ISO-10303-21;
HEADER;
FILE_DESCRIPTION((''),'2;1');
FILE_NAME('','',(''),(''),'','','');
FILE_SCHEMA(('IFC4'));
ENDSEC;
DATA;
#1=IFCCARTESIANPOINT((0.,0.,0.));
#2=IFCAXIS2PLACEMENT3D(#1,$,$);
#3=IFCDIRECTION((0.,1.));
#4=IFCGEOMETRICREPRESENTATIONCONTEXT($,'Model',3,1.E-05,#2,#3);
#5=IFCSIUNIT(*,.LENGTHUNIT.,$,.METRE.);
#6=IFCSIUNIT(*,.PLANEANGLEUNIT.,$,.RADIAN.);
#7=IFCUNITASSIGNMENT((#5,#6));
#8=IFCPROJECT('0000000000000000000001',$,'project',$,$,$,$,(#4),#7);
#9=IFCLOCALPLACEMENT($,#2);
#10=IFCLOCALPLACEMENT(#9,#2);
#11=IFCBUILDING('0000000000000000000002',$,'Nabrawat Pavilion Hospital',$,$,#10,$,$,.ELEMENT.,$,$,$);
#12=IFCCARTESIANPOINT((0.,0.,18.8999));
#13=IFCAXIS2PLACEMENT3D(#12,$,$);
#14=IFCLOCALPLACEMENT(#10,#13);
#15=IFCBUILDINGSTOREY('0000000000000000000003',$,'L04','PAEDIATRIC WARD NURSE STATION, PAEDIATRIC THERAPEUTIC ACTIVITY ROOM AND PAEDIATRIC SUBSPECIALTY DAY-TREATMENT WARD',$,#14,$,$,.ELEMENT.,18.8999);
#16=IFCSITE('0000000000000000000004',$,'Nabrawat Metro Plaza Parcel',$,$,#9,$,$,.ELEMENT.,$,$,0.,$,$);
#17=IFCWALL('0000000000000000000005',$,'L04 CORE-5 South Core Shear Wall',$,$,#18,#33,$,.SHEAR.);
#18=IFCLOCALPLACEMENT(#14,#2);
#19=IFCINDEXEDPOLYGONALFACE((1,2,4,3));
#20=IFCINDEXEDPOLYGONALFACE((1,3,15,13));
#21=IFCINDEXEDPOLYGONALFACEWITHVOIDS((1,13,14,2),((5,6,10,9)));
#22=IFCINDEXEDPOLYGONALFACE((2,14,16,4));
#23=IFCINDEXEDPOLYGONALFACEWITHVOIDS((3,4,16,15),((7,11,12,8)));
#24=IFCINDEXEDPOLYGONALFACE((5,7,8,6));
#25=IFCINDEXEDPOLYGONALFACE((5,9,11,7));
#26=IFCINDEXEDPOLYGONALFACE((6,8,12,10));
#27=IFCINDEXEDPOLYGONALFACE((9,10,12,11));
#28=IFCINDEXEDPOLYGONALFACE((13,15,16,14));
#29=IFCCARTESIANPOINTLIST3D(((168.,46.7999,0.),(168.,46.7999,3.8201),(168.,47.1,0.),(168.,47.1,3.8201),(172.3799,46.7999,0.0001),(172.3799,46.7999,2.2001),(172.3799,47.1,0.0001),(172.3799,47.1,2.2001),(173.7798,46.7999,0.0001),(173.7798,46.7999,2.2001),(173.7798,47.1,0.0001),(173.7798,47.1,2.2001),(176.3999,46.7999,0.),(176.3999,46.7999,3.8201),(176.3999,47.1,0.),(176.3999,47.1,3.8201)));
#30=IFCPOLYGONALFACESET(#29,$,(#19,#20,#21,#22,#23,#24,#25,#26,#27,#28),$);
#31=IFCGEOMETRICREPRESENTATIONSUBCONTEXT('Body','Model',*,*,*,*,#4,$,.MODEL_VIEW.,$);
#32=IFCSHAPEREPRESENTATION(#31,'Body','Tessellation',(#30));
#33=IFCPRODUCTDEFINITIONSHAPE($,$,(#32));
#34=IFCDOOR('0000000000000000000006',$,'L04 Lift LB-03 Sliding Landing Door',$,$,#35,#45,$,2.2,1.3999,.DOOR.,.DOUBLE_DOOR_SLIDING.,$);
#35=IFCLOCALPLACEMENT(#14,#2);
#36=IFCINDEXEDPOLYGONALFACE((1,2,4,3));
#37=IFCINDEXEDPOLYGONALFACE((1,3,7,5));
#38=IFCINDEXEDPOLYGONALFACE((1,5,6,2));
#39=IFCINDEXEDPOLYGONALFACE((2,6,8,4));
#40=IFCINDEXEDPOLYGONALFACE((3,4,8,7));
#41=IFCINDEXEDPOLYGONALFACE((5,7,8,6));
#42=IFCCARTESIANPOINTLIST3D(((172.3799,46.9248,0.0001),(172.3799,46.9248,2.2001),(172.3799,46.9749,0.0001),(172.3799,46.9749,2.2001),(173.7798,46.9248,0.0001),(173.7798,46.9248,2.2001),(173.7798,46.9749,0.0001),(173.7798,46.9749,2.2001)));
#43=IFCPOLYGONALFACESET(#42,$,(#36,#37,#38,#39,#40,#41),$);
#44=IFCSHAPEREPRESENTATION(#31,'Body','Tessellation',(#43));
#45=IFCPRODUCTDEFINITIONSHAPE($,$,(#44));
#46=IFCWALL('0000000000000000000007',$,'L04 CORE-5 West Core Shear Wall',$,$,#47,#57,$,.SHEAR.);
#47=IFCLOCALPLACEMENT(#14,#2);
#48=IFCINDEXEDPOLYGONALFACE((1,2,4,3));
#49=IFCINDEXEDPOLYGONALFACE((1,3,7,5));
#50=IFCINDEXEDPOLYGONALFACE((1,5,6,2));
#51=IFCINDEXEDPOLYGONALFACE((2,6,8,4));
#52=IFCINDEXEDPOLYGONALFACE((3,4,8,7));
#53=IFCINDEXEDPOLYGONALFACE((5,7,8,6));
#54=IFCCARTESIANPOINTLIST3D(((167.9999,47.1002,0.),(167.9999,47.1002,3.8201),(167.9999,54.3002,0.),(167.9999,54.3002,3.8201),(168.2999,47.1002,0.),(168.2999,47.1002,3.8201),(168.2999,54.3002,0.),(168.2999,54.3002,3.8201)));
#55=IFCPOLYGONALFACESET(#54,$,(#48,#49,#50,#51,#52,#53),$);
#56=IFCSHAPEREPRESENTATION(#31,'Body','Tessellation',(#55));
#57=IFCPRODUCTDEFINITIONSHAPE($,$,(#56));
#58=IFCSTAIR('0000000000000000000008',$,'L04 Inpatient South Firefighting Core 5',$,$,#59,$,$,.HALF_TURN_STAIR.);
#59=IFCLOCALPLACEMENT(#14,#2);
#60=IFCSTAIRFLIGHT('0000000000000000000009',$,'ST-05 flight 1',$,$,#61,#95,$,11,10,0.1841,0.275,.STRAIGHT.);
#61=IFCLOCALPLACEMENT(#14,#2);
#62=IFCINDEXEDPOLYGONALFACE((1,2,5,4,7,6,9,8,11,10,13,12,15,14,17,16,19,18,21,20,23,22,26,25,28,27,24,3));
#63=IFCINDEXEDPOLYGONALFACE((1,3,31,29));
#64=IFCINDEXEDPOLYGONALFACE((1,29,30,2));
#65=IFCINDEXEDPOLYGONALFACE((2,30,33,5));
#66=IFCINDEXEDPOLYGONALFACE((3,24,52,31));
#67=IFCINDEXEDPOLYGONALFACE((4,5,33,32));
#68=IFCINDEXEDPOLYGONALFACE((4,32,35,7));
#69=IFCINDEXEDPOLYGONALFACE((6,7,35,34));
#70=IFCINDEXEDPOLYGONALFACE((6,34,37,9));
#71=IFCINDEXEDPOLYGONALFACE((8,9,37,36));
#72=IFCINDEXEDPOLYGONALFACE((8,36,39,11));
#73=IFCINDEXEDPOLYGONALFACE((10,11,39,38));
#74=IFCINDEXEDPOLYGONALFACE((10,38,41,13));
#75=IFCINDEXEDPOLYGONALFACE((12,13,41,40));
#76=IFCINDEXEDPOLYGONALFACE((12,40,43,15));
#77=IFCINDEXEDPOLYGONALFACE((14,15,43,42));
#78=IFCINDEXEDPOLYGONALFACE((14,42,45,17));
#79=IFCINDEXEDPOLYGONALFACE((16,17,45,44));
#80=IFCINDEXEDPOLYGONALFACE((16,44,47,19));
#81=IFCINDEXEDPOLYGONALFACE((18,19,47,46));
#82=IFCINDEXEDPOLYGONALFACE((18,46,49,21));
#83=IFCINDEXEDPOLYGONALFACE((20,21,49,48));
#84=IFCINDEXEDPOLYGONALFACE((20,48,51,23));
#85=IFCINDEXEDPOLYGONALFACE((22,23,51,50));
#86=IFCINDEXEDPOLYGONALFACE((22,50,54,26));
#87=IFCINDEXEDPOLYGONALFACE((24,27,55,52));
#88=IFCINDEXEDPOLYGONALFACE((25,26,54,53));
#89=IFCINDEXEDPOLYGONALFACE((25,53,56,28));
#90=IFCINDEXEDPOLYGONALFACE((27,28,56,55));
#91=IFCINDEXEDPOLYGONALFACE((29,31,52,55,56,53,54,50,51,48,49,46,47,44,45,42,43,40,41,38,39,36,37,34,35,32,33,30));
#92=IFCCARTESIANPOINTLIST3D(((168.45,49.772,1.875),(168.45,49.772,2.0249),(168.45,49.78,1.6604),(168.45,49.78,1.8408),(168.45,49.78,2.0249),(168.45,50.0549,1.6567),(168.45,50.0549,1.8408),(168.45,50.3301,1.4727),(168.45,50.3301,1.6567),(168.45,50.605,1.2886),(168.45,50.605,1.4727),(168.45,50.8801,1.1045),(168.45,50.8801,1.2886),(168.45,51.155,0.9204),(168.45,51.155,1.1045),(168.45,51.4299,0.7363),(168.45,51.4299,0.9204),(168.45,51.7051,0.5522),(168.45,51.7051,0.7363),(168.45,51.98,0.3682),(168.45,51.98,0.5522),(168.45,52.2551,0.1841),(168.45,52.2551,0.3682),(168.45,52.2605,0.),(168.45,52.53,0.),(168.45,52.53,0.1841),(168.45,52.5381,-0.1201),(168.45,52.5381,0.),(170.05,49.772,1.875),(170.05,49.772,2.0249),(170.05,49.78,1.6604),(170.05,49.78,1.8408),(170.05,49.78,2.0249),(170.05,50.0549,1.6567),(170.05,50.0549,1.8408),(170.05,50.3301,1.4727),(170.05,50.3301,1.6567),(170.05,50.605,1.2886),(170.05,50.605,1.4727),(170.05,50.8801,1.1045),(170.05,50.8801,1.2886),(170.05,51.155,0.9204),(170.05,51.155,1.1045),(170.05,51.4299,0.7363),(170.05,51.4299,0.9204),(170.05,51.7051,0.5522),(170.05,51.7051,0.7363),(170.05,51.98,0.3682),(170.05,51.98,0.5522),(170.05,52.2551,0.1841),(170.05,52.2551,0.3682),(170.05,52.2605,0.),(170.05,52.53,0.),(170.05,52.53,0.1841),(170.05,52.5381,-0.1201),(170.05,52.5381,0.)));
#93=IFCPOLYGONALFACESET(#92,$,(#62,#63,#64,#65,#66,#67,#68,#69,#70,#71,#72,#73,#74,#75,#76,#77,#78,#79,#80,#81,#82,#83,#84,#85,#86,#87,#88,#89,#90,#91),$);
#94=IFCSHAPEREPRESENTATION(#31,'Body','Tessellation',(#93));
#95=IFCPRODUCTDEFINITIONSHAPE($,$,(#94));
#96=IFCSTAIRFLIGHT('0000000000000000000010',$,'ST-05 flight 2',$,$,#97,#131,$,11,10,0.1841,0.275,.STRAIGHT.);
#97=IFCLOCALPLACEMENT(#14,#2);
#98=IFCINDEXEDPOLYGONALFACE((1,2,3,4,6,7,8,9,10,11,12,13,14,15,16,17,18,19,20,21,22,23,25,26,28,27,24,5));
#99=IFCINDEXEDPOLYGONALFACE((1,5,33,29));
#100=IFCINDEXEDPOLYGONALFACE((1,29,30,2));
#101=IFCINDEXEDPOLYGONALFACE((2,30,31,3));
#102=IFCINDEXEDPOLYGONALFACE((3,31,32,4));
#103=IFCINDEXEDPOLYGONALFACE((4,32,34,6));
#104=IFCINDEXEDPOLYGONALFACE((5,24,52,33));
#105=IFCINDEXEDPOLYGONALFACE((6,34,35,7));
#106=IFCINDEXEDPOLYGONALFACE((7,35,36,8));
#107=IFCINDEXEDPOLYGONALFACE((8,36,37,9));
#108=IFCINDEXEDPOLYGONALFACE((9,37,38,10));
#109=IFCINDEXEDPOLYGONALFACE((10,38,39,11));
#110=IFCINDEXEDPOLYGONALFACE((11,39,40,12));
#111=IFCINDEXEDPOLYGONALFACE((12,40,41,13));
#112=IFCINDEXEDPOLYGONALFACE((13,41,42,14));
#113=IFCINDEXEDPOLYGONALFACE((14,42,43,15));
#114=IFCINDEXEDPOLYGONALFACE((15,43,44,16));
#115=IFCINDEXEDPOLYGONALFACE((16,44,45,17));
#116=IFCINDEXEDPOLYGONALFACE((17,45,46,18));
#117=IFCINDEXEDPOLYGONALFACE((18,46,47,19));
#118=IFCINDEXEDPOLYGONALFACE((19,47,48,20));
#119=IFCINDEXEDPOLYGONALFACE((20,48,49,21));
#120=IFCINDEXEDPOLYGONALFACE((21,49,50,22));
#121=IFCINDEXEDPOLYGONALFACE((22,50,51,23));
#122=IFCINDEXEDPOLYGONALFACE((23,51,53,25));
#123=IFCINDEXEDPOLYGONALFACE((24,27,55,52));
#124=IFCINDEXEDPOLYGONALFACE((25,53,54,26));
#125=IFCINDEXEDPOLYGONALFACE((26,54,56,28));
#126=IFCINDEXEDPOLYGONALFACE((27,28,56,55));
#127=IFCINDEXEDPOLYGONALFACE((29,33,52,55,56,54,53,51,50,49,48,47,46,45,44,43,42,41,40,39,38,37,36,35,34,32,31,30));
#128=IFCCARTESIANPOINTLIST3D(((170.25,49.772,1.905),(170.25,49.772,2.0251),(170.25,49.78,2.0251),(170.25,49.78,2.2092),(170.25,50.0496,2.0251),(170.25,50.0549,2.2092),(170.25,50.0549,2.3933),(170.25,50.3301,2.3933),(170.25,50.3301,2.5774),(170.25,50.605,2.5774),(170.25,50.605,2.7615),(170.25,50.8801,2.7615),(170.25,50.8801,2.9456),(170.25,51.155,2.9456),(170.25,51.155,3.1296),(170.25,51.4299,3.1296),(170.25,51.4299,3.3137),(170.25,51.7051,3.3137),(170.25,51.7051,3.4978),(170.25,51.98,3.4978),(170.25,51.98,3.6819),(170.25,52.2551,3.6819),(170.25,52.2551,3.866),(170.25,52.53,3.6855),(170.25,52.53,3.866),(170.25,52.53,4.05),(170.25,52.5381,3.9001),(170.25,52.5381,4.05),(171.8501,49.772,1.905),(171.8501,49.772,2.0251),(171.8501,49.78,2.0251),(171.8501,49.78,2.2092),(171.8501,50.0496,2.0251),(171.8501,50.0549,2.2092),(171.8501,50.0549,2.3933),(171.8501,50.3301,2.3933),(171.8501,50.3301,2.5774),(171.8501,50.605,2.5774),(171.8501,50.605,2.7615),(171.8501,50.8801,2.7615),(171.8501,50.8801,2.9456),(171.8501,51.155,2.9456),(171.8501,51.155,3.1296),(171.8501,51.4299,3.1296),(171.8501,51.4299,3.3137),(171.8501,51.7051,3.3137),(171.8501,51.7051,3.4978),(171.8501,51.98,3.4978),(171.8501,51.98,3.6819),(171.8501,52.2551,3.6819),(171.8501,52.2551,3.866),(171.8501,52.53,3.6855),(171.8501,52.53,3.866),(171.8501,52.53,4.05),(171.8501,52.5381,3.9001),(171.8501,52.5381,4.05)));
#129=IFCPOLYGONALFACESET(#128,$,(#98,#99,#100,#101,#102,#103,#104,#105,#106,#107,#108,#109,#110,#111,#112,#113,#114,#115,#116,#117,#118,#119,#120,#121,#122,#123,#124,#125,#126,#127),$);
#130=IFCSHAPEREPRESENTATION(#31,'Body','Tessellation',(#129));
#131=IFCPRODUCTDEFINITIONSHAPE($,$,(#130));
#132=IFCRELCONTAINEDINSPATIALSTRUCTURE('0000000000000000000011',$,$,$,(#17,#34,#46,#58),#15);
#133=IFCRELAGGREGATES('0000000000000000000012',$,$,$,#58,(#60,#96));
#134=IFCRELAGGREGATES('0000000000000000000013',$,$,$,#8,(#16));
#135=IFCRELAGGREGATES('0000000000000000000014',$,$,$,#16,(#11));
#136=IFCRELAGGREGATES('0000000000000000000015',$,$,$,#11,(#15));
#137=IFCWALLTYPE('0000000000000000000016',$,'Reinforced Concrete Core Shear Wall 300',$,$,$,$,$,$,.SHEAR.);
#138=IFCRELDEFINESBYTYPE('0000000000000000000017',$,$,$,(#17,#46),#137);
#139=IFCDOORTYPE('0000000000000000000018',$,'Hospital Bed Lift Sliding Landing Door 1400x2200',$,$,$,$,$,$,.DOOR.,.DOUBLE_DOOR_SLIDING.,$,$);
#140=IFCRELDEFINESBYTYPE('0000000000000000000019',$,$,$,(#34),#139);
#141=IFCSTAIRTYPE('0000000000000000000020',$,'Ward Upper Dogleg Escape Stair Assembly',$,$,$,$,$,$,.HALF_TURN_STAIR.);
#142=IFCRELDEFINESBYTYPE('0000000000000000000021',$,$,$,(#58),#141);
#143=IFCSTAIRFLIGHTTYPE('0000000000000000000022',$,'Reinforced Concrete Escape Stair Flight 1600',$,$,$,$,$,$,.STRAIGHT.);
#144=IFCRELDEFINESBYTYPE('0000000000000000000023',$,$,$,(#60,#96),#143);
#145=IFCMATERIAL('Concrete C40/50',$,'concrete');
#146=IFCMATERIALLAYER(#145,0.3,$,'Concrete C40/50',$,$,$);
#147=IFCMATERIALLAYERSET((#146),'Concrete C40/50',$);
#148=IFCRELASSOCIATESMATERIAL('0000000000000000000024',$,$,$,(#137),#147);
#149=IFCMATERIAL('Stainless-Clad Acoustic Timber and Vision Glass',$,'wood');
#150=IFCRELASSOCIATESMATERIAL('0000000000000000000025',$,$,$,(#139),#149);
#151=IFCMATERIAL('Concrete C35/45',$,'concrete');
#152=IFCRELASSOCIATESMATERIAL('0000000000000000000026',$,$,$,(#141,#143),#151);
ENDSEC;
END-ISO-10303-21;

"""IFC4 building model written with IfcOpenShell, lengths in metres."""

from ifc_helpers import new_model, si_unit, direction, frame, frame_2d, origin, place, context, subcontext, project, spatial, polyline, rectangle, outline, extrude, material, layer, layer_set, type_object, element, fill, aggregate, save


model = new_model("IFC4")

# Units and contexts
model_context = context("Model", 3, precision=1e-05, world=origin(), true_north=direction((0.0, 1.0)))
body_context = subcontext(model_context, "Body", "Model", "MODEL_VIEW")
ifc_project = project(units=[si_unit("LENGTHUNIT", "METRE"), si_unit("PLANEANGLEUNIT", "RADIAN")], contexts=[model_context])

# Site, building, storey
site_placement = place(None, origin())
site = spatial("IfcSite", under=ifc_project, at=site_placement, Name="Nabrawat Metro Plaza Parcel", CompositionType="ELEMENT", RefElevation=0.0)
building_placement = place(site_placement, origin())
building = spatial("IfcBuilding", under=site, at=building_placement, Name="Nabrawat Pavilion Hospital", CompositionType="ELEMENT")
storey_placement = place(building_placement, frame((0.0, 0.0, 18.8999)))
storey = spatial("IfcBuildingStorey", under=building, at=storey_placement, Name="L04", Description="PAEDIATRIC WARD NURSE STATION, PAEDIATRIC THERAPEUTIC ACTIVITY ROOM AND PAEDIATRIC SUBSPECIALTY DAY-TREATMENT WARD", CompositionType="ELEMENT", Elevation=18.8999)

# Shared definitions
ifc_material_1 = material(Name="Concrete C40/50", Category="concrete")

# Shared definitions
ifc_material_2 = material(Name="Stainless-Clad Acoustic Timber and Vision Glass", Category="wood")

# Shared definitions
ifc_material_3 = material(Name="Concrete C35/45", Category="concrete")

# Wall, opening, door
ifc_layer_1 = layer(ifc_material_1, 0.3, Name="Concrete C40/50")
ifc_layer_set_1 = layer_set([ifc_layer_1], Name="Concrete C40/50")
wall_type_1 = type_object("IfcWallType", Name="Reinforced Concrete Core Shear Wall 300", PredefinedType="SHEAR", material=ifc_layer_set_1)
wall_1_placement = place(storey_placement, frame((168.0, 46.95, 0.0), z_axis=(0.0, 0.0, 1.0), x_axis=(1.0, 0.0, 0.0)))
wall_1 = element("IfcWall", 1, at=wall_1_placement, inside=storey, type_object=wall_type_1, Name="L04 CORE-5 South Core Shear Wall", PredefinedType="SHEAR", context=body_context, shape_type="SweptSolid", body=[
    extrude(rectangle(XDim=8.3999, YDim=0.3, at=frame_2d((4.2, 0.0))), origin(), (0.0, 0.0, 1.0), 3.8201),
])
opening_1_placement = place(wall_1_placement, frame((4.3799, 0.0, 0.0)))
opening_1 = element("IfcOpeningElement", 2, at=opening_1_placement, cuts=wall_1, PredefinedType="OPENING", context=body_context, shape_type="SweptSolid", body=[
    extrude(rectangle(XDim=1.3999, YDim=2.2, at=frame_2d((0.7, 1.1001))), frame((0.0, 0.1602, 0.0), z_axis=(0.0, -1.0, 0.0), x_axis=(1.0, 0.0, 0.0)), (0.0, 0.0, 1.0), 0.3201),
])
door_type_1 = type_object("IfcDoorType", Name="Hospital Bed Lift Sliding Landing Door 1400x2200", OperationType="DOUBLE_DOOR_SLIDING", PredefinedType="DOOR", material=ifc_material_2)
door_1_placement = place(opening_1_placement, origin())
door_1 = element("IfcDoor", 3, at=door_1_placement, inside=storey, type_object=door_type_1, Name="L04 Lift LB-03 Sliding Landing Door", OperationType="DOUBLE_DOOR_SLIDING", OverallHeight=2.2, OverallWidth=1.3999, PredefinedType="DOOR", context=body_context, shape_type="SweptSolid", body=[
    extrude(rectangle(XDim=1.3999, YDim=2.2, at=frame_2d((0.7, 1.1001))), frame((0.0, 0.0249, 0.0), z_axis=(0.0, -1.0, 0.0), x_axis=(1.0, 0.0, 0.0)), (0.0, 0.0, 1.0), 0.05),
])
fill(opening_1, door_1)

# Wall
wall_2_placement = place(storey_placement, frame((168.1499, 47.1001, 0.0), z_axis=(0.0, 0.0, 1.0), x_axis=(0.0, 1.0, 0.0)))
element("IfcWall", 4, at=wall_2_placement, inside=storey, type_object=wall_type_1, Name="L04 CORE-5 West Core Shear Wall", PredefinedType="SHEAR", context=body_context, shape_type="SweptSolid", body=[
    extrude(rectangle(XDim=7.2, YDim=0.3, at=frame_2d((3.6001, 0.0))), origin(), (0.0, 0.0, 1.0), 3.8201),
])

# Stair, stair flights
stair_type = type_object("IfcStairType", Name="Ward Upper Dogleg Escape Stair Assembly", PredefinedType="HALF_TURN_STAIR", material=ifc_material_3)
stair_placement = place(storey_placement, origin())
stair = element("IfcStair", 5, at=stair_placement, inside=storey, type_object=stair_type, Name="L04 Inpatient South Firefighting Core 5", PredefinedType="HALF_TURN_STAIR")
stair_flight_type = type_object("IfcStairFlightType", Name="Reinforced Concrete Escape Stair Flight 1600", PredefinedType="STRAIGHT", material=ifc_material_3)
stair_flight_1_placement = place(storey_placement, frame((169.25, 52.53, 0.0), z_axis=(0.0, 0.0, 1.0), x_axis=(0.0, -1.0, 0.0)))
stair_flight_1 = element("IfcStairFlight", 6, at=stair_flight_1_placement, type_object=stair_flight_type, Name="ST-05 flight 1", NumberOfRisers=11, NumberOfTreads=10, PredefinedType="STRAIGHT", RiserHeight=0.1841, TreadLength=0.275, context=body_context, shape_type="SweptSolid", body=[
    extrude(outline(polyline([(-0.0081, 0.0), (0.0, 0.0), (0.0, 0.1841), (0.2749, 0.1841), (0.2749, 0.3682), (0.55, 0.3682), (0.55, 0.5522), (0.825, 0.5522), (0.825, 0.7363), (1.1001, 0.7363), (1.1001, 0.9204), (1.375, 0.9204), (1.375, 1.1045), (1.6499, 1.1045), (1.6499, 1.2886), (1.925, 1.2886), (1.925, 1.4727), (2.2, 1.4727), (2.2, 1.6567), (2.4751, 1.6567), (2.4751, 1.8408), (2.75, 1.8408), (2.75, 2.0249), (2.7581, 2.0249), (2.7581, 1.875), (2.75, 1.6604), (0.2695, 0.0), (-0.0081, -0.1201), (-0.0081, 0.0)])), frame((0.0, 0.8, 0.0), z_axis=(0.0, -1.0, 0.0), x_axis=(1.0, 0.0, 0.0)), (0.0, 0.0, 1.0), 1.6001),
])
stair_flight_2_placement = place(storey_placement, frame((171.05, 49.78, 2.0251), z_axis=(0.0, 0.0, 1.0), x_axis=(0.0, 1.0, 0.0)))
stair_flight_2 = element("IfcStairFlight", 7, at=stair_flight_2_placement, type_object=stair_flight_type, Name="ST-05 flight 2", NumberOfRisers=11, NumberOfTreads=10, PredefinedType="STRAIGHT", RiserHeight=0.1841, TreadLength=0.275, context=body_context, shape_type="SweptSolid", body=[
    extrude(outline(polyline([(-0.0081, 0.0), (0.0, 0.0), (0.0, 0.1841), (0.2749, 0.1841), (0.2749, 0.3682), (0.55, 0.3682), (0.55, 0.5522), (0.825, 0.5522), (0.825, 0.7363), (1.1001, 0.7363), (1.1001, 0.9204), (1.375, 0.9204), (1.375, 1.1045), (1.6499, 1.1045), (1.6499, 1.2886), (1.925, 1.2886), (1.925, 1.4727), (2.2, 1.4727), (2.2, 1.6567), (2.4751, 1.6567), (2.4751, 1.8408), (2.75, 1.8408), (2.75, 2.0249), (2.7581, 2.0249), (2.7581, 1.875), (2.75, 1.6604), (0.2695, 0.0), (-0.0081, -0.1201), (-0.0081, 0.0)])), frame((0.0, 0.8, 0.0), z_axis=(0.0, -1.0, 0.0), x_axis=(1.0, 0.0, 0.0)), (0.0, 0.0, 1.0), 1.6001),
])
aggregate(stair, [stair_flight_1, stair_flight_2])

save(model, "model.ifc")
